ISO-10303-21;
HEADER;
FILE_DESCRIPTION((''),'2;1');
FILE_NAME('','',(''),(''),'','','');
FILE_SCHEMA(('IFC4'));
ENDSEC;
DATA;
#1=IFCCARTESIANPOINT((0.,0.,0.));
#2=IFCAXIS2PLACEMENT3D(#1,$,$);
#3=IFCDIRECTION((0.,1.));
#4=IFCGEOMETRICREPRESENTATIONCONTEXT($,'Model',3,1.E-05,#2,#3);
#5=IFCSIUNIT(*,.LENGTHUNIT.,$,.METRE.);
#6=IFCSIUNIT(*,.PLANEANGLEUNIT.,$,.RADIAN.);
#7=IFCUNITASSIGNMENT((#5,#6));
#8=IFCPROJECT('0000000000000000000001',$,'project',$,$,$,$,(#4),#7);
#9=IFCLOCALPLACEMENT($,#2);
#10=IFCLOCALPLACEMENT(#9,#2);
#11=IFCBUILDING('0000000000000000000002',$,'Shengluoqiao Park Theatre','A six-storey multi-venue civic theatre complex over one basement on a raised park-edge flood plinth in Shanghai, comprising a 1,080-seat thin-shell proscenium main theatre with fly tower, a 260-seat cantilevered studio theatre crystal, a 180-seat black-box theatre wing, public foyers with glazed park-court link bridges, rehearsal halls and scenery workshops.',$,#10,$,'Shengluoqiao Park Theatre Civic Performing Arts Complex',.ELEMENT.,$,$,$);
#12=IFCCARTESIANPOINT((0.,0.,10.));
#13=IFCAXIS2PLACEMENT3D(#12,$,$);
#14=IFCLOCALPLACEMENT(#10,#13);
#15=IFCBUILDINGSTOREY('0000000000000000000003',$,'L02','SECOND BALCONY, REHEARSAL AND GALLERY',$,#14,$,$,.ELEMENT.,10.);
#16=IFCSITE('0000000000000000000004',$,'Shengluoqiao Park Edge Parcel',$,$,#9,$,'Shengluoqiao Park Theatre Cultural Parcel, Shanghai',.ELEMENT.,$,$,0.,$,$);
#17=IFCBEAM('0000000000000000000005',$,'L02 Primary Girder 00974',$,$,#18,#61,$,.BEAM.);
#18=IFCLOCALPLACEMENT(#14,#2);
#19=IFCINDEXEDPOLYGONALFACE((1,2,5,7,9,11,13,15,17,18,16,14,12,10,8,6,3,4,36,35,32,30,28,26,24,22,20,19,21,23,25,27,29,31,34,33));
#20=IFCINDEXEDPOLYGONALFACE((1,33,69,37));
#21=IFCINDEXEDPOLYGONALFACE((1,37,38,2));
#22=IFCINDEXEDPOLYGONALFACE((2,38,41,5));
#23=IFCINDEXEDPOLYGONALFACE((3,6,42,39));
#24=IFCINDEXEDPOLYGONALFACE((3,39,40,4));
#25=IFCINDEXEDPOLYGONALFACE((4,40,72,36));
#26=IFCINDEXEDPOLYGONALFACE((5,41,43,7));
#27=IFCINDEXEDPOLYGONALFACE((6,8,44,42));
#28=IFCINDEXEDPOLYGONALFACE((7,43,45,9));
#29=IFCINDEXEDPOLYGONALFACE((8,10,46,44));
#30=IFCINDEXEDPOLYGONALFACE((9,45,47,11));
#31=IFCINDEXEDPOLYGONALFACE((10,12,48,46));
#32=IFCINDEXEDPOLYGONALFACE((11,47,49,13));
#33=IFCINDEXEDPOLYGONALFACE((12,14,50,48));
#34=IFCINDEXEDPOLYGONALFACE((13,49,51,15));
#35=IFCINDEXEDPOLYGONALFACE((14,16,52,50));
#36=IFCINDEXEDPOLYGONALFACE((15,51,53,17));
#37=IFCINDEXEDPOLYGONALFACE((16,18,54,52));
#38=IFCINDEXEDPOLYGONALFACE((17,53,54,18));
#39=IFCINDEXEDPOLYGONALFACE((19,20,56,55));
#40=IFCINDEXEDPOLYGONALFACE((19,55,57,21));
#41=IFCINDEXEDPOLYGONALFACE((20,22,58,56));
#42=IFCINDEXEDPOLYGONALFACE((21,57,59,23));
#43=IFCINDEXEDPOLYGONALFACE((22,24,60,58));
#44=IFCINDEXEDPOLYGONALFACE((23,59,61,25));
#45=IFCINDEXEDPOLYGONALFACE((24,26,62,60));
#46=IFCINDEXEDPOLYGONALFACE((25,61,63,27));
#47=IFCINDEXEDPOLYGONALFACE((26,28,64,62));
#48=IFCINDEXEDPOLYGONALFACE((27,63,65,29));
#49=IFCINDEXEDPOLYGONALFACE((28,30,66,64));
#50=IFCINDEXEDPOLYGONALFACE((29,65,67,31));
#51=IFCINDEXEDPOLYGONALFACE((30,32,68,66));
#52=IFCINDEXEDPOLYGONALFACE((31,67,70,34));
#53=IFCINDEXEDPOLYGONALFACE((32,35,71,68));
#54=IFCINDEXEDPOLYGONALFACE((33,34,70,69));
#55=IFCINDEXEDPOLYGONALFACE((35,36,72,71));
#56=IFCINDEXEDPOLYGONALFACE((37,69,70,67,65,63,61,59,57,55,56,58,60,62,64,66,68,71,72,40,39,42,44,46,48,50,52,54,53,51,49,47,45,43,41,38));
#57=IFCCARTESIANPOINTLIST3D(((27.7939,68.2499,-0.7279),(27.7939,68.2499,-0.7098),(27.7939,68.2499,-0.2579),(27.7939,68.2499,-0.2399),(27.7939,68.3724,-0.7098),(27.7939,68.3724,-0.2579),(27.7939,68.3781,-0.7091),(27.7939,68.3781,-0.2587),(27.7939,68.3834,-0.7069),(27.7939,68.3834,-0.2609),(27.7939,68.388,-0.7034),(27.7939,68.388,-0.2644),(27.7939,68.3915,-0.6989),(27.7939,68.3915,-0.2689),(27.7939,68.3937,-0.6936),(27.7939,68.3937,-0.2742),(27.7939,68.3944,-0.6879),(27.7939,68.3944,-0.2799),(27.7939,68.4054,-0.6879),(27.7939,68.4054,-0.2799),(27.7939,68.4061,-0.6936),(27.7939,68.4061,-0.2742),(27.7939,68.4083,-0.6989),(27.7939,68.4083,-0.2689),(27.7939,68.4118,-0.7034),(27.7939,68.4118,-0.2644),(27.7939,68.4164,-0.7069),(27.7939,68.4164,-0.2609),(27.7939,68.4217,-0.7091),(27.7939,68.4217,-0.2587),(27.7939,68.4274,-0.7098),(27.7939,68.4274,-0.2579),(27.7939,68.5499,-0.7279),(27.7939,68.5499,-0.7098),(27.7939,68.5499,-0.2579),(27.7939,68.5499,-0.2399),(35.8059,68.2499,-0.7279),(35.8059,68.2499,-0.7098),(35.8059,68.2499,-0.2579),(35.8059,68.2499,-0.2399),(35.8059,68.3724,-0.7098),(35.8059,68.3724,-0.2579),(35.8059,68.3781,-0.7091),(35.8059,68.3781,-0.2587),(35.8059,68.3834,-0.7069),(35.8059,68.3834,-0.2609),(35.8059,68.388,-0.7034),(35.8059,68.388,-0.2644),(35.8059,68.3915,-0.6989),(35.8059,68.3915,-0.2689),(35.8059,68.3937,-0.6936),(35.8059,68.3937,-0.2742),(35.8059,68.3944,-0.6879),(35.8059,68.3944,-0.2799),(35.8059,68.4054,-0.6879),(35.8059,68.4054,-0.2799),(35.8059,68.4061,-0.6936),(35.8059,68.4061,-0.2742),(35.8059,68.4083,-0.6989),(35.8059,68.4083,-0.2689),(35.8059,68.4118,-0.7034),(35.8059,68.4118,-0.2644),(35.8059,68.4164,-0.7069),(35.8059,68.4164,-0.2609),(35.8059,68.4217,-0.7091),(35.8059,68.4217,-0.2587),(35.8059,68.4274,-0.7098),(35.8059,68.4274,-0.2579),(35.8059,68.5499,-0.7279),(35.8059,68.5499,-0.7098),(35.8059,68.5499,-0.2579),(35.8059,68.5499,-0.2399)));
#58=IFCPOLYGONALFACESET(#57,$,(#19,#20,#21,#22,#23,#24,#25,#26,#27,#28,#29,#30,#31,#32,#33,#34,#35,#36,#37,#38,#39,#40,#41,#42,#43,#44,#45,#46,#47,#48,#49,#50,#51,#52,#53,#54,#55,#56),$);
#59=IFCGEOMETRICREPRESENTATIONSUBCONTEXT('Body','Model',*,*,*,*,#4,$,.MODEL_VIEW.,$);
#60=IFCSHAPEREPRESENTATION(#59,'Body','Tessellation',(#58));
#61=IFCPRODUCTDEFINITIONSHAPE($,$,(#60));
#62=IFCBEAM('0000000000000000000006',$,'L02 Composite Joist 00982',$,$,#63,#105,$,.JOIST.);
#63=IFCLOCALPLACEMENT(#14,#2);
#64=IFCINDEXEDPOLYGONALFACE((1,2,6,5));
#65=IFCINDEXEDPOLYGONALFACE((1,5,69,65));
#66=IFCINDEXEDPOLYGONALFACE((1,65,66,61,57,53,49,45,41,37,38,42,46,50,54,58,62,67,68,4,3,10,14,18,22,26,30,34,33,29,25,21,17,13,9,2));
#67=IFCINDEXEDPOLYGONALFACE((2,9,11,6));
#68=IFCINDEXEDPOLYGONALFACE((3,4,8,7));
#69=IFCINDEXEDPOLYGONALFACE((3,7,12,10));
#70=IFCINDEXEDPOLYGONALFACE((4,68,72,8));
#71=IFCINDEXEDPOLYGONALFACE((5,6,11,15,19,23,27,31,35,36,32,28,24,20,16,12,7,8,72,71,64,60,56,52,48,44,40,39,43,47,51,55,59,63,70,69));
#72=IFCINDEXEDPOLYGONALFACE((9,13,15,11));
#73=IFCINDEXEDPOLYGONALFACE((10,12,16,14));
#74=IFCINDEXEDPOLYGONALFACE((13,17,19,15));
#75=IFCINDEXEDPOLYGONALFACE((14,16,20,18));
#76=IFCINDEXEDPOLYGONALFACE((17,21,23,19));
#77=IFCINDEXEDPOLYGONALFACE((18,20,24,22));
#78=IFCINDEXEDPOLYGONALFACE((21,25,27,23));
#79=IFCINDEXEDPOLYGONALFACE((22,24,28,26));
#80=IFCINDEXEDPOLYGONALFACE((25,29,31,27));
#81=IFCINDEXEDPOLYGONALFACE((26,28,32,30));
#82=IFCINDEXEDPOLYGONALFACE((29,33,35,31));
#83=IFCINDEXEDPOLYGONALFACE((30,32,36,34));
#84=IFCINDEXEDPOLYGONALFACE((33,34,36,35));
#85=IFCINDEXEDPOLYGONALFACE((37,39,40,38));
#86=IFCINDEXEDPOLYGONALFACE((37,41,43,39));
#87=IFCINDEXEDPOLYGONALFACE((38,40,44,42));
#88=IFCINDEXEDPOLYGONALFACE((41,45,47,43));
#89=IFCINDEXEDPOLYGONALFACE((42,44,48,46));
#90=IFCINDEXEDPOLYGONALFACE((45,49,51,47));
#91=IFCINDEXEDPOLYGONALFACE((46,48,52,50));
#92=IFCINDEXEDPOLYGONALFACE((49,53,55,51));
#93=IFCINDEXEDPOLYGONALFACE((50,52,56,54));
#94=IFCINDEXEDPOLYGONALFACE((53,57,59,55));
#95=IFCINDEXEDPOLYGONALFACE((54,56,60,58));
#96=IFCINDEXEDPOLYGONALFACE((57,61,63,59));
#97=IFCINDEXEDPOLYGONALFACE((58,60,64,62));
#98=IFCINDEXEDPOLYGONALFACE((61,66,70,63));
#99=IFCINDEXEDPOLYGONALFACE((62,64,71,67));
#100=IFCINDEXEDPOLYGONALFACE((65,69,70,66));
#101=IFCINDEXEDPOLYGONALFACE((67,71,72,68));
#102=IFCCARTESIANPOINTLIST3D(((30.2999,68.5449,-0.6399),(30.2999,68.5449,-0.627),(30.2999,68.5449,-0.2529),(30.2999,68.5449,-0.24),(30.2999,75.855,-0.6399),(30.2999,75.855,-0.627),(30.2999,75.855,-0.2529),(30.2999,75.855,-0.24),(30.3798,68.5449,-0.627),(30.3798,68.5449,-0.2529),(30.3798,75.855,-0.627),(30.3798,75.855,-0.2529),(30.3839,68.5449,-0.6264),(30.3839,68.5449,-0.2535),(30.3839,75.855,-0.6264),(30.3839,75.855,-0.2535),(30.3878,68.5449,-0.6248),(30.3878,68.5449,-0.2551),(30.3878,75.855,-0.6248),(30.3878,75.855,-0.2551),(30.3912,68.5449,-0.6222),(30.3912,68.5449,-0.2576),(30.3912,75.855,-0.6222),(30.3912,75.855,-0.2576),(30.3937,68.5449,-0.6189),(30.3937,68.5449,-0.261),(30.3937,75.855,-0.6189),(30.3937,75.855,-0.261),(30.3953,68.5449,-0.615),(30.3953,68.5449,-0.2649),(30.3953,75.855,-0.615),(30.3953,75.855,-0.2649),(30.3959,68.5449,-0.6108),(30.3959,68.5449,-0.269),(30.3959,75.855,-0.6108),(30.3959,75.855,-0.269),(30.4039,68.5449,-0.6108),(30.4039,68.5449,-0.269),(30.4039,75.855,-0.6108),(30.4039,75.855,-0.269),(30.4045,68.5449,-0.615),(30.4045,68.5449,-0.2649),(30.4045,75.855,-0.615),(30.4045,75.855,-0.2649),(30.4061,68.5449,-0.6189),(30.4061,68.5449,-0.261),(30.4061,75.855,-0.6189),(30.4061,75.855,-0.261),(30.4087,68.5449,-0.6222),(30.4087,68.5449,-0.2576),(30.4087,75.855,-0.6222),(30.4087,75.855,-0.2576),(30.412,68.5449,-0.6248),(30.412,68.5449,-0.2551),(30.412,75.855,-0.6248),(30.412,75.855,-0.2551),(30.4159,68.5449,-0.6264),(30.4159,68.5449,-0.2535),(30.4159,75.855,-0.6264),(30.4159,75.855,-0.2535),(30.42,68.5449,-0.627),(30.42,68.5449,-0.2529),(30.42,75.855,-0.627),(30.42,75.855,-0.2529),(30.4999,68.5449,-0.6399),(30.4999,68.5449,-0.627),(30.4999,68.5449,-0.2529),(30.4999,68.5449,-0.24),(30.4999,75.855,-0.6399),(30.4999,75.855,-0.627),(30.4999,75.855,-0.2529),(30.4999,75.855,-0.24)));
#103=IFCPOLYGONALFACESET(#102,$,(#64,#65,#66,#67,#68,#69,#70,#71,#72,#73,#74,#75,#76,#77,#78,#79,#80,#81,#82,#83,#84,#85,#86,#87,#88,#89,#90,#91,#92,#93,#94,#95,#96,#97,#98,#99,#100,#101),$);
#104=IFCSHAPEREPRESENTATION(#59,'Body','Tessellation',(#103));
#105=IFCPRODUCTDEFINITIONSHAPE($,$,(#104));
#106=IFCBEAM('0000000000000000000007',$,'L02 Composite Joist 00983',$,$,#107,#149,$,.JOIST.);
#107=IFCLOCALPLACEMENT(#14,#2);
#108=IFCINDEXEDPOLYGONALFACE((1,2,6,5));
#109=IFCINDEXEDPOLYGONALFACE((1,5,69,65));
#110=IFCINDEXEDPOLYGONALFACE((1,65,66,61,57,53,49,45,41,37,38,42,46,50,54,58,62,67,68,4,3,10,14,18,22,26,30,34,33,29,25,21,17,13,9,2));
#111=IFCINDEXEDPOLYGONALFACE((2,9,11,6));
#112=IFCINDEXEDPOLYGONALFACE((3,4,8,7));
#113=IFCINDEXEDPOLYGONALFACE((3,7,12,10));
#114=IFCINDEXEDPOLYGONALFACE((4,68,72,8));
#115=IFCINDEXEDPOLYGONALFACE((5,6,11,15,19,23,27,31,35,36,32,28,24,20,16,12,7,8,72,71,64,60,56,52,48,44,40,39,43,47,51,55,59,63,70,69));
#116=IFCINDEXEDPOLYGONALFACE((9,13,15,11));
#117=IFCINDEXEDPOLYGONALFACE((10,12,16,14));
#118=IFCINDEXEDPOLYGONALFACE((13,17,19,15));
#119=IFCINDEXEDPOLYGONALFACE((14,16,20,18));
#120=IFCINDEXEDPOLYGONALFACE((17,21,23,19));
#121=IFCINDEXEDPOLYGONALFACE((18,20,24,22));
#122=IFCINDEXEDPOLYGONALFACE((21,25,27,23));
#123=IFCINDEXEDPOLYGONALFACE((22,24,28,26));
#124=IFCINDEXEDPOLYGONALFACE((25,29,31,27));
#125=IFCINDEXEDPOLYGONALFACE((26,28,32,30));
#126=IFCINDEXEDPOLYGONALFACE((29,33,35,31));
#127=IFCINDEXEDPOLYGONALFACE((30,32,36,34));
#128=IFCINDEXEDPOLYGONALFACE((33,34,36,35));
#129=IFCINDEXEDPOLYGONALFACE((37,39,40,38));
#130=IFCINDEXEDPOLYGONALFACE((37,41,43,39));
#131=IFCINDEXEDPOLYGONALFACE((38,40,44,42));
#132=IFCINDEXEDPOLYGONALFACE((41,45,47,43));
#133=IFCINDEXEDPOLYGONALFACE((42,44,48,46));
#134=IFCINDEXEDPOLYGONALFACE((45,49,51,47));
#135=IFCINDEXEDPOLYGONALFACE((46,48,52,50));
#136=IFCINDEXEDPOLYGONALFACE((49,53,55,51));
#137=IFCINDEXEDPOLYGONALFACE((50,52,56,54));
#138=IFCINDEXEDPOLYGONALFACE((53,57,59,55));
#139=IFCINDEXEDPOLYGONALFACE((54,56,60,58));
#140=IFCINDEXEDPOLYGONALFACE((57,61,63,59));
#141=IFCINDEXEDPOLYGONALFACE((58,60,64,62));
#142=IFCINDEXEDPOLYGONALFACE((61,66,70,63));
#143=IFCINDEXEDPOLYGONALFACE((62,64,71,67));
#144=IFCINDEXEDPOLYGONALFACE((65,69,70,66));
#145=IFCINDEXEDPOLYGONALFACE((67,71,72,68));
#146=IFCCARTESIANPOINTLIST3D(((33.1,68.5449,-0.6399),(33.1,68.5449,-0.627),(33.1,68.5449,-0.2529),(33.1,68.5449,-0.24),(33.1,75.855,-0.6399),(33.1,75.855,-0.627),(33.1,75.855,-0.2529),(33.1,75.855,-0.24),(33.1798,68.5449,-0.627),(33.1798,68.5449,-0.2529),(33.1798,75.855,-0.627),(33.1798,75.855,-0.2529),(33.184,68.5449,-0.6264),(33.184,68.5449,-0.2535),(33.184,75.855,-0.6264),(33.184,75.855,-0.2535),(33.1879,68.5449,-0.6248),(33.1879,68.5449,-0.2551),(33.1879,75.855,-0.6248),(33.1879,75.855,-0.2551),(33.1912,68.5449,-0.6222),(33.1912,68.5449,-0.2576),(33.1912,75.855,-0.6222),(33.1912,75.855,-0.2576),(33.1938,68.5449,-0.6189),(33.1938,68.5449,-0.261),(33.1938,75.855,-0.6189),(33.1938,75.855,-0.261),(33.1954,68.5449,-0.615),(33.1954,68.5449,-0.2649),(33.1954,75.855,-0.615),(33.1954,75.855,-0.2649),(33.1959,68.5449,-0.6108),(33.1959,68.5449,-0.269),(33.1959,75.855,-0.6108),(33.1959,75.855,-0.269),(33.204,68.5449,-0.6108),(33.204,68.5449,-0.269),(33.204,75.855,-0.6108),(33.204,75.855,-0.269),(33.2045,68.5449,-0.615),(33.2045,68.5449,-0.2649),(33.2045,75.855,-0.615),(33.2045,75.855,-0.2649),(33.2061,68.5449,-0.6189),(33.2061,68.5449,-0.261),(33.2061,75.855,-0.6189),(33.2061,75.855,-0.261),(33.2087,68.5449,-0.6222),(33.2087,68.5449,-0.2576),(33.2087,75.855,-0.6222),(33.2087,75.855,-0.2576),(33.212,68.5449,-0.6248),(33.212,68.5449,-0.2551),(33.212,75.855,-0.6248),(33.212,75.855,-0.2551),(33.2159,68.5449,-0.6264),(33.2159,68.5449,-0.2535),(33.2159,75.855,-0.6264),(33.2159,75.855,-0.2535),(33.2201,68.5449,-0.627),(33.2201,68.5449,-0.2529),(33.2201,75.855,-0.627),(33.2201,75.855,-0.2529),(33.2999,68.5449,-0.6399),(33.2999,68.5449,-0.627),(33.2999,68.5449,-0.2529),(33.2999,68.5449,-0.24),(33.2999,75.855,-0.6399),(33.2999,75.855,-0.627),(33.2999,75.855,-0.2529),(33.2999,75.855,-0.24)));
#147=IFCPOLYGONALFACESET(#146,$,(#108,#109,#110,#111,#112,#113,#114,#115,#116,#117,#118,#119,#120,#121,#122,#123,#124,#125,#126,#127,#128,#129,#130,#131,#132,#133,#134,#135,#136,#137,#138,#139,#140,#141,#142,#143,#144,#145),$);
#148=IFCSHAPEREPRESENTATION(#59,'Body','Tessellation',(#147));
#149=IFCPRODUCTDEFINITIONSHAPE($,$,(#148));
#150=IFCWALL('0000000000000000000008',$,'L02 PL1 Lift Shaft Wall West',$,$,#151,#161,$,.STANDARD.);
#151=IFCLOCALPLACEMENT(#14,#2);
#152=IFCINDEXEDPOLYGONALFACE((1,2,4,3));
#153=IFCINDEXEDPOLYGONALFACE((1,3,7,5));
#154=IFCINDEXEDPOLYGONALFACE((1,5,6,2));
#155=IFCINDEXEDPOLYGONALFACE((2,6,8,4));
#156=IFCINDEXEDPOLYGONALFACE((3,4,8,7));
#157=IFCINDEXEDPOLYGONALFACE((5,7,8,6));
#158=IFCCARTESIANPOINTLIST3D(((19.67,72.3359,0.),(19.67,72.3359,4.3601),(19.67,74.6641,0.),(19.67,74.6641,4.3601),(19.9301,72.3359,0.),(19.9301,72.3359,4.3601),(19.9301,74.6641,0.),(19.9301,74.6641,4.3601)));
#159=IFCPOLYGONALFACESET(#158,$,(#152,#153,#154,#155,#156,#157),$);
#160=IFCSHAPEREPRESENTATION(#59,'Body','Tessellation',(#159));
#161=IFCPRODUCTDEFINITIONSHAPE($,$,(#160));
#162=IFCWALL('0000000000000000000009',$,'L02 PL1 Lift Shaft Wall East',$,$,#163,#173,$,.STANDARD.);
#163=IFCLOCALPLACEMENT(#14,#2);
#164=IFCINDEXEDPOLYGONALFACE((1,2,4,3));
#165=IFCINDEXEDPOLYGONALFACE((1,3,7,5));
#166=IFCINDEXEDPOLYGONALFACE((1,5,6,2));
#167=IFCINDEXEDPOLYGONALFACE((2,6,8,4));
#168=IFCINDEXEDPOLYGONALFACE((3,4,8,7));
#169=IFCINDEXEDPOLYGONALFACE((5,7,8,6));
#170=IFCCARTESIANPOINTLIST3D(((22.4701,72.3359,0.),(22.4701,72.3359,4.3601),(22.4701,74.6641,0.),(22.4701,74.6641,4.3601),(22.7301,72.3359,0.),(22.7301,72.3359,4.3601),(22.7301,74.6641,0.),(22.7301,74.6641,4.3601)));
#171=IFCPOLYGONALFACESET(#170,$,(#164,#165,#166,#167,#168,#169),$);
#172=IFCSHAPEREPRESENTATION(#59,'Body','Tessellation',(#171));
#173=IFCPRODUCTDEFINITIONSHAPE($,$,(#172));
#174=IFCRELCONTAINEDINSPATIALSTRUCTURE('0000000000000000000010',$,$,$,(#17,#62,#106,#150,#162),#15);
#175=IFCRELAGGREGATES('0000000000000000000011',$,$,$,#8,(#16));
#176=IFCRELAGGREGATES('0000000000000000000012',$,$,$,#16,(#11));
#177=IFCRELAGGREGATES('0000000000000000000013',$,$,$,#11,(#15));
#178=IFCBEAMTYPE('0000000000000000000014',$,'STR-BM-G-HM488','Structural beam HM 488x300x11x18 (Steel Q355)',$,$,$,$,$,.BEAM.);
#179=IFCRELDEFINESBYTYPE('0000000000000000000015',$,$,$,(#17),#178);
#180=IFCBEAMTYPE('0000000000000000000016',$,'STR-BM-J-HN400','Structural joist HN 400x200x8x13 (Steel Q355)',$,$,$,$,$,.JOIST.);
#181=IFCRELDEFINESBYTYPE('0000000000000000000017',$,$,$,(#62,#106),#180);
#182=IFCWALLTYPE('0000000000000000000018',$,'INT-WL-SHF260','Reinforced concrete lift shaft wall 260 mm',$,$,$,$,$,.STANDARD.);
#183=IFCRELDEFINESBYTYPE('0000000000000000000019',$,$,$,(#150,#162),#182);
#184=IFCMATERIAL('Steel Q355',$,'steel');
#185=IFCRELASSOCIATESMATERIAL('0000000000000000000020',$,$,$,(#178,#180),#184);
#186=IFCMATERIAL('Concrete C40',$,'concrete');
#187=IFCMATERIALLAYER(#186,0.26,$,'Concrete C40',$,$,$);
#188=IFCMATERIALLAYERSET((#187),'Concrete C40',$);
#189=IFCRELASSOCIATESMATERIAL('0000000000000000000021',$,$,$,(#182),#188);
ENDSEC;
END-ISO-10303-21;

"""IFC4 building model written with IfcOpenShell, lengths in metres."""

from ifc_helpers import new_model, si_unit, direction, frame, frame_2d, origin, origin_2d, place, context, subcontext, project, spatial, rectangle, i_section, extrude, material, layer, layer_set, material_profile, profile_set, type_object, element, save


model = new_model("IFC4")

# Units and contexts
model_context = context("Model", 3, precision=1e-05, world=origin(), true_north=direction((0.0, 1.0)))
body_context = subcontext(model_context, "Body", "Model", "MODEL_VIEW")
ifc_project = project(units=[si_unit("LENGTHUNIT", "METRE"), si_unit("PLANEANGLEUNIT", "RADIAN")], contexts=[model_context])

# Site, building, storey
site_placement = place(None, origin())
site = spatial("IfcSite", under=ifc_project, at=site_placement, Name="Shengluoqiao Park Edge Parcel", LongName="Shengluoqiao Park Theatre Cultural Parcel, Shanghai", CompositionType="ELEMENT", RefElevation=0.0)
building_placement = place(site_placement, origin())
building = spatial("IfcBuilding", under=site, at=building_placement, Name="Shengluoqiao Park Theatre", Description="A six-storey multi-venue civic theatre complex over one basement on a raised park-edge flood plinth in Shanghai, comprising a 1,080-seat thin-shell proscenium main theatre with fly tower, a 260-seat cantilevered studio theatre crystal, a 180-seat black-box theatre wing, public foyers with glazed park-court link bridges, rehearsal halls and scenery workshops.", LongName="Shengluoqiao Park Theatre Civic Performing Arts Complex", CompositionType="ELEMENT")
storey_placement = place(building_placement, frame((0.0, 0.0, 10.0)))
storey = spatial("IfcBuildingStorey", under=building, at=storey_placement, Name="L02", Description="SECOND BALCONY, REHEARSAL AND GALLERY", CompositionType="ELEMENT", Elevation=10.0)

# Beams
ifc_material_1 = material(Name="Steel Q355", Category="steel")
ifc_material_profile_1 = material_profile(ifc_material_1, i_section(OverallWidth=0.3, OverallDepth=0.488, WebThickness=0.011, FlangeThickness=0.0181, FilletRadius=0.022, at=origin_2d()), Name="HM 488x300x11x18")
ifc_profile_set_1 = profile_set([ifc_material_profile_1], Name="Steel Q355")
beam_type_1 = type_object("IfcBeamType", Name="STR-BM-G-HM488", Description="Structural beam HM 488x300x11x18 (Steel Q355)", PredefinedType="BEAM", material=ifc_profile_set_1)
for number, where, z_axis, x_axis, name in (
    (1, (27.7939, 68.3999, -0.4839), (1.0, 0.0, 0.0), (0.0, 1.0, 0.0), "L02 Primary Girder 00974"),
):
    element("IfcBeam", number, at=place(storey_placement, frame(where, z_axis=z_axis, x_axis=x_axis)), inside=storey, type_object=beam_type_1, Name=name, PredefinedType="BEAM", context=body_context, shape_type="SweptSolid", body=[
        extrude(i_section(OverallWidth=0.3, OverallDepth=0.488, WebThickness=0.011, FlangeThickness=0.0181, FilletRadius=0.022, at=origin_2d()), origin(), (0.0, 0.0, 1.0), 8.012),
    ])
ifc_material_profile_2 = material_profile(ifc_material_1, i_section(OverallWidth=0.2, OverallDepth=0.3999, WebThickness=0.0081, FlangeThickness=0.0129, FilletRadius=0.0161, at=origin_2d()), Name="HN 400x200x8x13")
ifc_profile_set_2 = profile_set([ifc_material_profile_2], Name="Steel Q355")
beam_type_2 = type_object("IfcBeamType", Name="STR-BM-J-HN400", Description="Structural joist HN 400x200x8x13 (Steel Q355)", PredefinedType="JOIST", material=ifc_profile_set_2)
for number, where, z_axis, x_axis, name in (
    (2, (30.3999, 68.5449, -0.4399), (0.0, 1.0, 0.0), (-1.0, 0.0, 0.0), "L02 Composite Joist 00982"),
    (3, (33.2, 68.5449, -0.4399), (0.0, 1.0, 0.0), (-1.0, 0.0, 0.0), "L02 Composite Joist 00983"),
):
    element("IfcBeam", number, at=place(storey_placement, frame(where, z_axis=z_axis, x_axis=x_axis)), inside=storey, type_object=beam_type_2, Name=name, PredefinedType="JOIST", context=body_context, shape_type="SweptSolid", body=[
        extrude(i_section(OverallWidth=0.2, OverallDepth=0.3999, WebThickness=0.0081, FlangeThickness=0.0129, FilletRadius=0.0161, at=origin_2d()), origin(), (0.0, 0.0, 1.0), 7.3101),
    ])

# Shared definitions
ifc_material_2 = material(Name="Concrete C40", Category="concrete")
ifc_layer_1 = layer(ifc_material_2, 0.26, Name="Concrete C40")
ifc_layer_set_1 = layer_set([ifc_layer_1], Name="Concrete C40")
wall_type_1 = type_object("IfcWallType", Name="INT-WL-SHF260", Description="Reinforced concrete lift shaft wall 260 mm", PredefinedType="STANDARD", material=ifc_layer_set_1)

# Walls
for number, where, z_axis, x_axis, name in (
    (4, (19.8, 72.3359, 0.0), (0.0, 0.0, 1.0), (0.0, 1.0, 0.0), "L02 PL1 Lift Shaft Wall West"),
    (5, (22.6001, 72.3359, 0.0), (0.0, 0.0, 1.0), (0.0, 1.0, 0.0), "L02 PL1 Lift Shaft Wall East"),
):
    element("IfcWall", number, at=place(storey_placement, frame(where, z_axis=z_axis, x_axis=x_axis)), inside=storey, type_object=wall_type_1, Name=name, PredefinedType="STANDARD", context=body_context, shape_type="SweptSolid", body=[
        extrude(rectangle(XDim=2.3281, YDim=0.26, at=frame_2d((1.1641, 0.0))), origin(), (0.0, 0.0, 1.0), 4.3601),
    ])

save(model, "model.ifc")
